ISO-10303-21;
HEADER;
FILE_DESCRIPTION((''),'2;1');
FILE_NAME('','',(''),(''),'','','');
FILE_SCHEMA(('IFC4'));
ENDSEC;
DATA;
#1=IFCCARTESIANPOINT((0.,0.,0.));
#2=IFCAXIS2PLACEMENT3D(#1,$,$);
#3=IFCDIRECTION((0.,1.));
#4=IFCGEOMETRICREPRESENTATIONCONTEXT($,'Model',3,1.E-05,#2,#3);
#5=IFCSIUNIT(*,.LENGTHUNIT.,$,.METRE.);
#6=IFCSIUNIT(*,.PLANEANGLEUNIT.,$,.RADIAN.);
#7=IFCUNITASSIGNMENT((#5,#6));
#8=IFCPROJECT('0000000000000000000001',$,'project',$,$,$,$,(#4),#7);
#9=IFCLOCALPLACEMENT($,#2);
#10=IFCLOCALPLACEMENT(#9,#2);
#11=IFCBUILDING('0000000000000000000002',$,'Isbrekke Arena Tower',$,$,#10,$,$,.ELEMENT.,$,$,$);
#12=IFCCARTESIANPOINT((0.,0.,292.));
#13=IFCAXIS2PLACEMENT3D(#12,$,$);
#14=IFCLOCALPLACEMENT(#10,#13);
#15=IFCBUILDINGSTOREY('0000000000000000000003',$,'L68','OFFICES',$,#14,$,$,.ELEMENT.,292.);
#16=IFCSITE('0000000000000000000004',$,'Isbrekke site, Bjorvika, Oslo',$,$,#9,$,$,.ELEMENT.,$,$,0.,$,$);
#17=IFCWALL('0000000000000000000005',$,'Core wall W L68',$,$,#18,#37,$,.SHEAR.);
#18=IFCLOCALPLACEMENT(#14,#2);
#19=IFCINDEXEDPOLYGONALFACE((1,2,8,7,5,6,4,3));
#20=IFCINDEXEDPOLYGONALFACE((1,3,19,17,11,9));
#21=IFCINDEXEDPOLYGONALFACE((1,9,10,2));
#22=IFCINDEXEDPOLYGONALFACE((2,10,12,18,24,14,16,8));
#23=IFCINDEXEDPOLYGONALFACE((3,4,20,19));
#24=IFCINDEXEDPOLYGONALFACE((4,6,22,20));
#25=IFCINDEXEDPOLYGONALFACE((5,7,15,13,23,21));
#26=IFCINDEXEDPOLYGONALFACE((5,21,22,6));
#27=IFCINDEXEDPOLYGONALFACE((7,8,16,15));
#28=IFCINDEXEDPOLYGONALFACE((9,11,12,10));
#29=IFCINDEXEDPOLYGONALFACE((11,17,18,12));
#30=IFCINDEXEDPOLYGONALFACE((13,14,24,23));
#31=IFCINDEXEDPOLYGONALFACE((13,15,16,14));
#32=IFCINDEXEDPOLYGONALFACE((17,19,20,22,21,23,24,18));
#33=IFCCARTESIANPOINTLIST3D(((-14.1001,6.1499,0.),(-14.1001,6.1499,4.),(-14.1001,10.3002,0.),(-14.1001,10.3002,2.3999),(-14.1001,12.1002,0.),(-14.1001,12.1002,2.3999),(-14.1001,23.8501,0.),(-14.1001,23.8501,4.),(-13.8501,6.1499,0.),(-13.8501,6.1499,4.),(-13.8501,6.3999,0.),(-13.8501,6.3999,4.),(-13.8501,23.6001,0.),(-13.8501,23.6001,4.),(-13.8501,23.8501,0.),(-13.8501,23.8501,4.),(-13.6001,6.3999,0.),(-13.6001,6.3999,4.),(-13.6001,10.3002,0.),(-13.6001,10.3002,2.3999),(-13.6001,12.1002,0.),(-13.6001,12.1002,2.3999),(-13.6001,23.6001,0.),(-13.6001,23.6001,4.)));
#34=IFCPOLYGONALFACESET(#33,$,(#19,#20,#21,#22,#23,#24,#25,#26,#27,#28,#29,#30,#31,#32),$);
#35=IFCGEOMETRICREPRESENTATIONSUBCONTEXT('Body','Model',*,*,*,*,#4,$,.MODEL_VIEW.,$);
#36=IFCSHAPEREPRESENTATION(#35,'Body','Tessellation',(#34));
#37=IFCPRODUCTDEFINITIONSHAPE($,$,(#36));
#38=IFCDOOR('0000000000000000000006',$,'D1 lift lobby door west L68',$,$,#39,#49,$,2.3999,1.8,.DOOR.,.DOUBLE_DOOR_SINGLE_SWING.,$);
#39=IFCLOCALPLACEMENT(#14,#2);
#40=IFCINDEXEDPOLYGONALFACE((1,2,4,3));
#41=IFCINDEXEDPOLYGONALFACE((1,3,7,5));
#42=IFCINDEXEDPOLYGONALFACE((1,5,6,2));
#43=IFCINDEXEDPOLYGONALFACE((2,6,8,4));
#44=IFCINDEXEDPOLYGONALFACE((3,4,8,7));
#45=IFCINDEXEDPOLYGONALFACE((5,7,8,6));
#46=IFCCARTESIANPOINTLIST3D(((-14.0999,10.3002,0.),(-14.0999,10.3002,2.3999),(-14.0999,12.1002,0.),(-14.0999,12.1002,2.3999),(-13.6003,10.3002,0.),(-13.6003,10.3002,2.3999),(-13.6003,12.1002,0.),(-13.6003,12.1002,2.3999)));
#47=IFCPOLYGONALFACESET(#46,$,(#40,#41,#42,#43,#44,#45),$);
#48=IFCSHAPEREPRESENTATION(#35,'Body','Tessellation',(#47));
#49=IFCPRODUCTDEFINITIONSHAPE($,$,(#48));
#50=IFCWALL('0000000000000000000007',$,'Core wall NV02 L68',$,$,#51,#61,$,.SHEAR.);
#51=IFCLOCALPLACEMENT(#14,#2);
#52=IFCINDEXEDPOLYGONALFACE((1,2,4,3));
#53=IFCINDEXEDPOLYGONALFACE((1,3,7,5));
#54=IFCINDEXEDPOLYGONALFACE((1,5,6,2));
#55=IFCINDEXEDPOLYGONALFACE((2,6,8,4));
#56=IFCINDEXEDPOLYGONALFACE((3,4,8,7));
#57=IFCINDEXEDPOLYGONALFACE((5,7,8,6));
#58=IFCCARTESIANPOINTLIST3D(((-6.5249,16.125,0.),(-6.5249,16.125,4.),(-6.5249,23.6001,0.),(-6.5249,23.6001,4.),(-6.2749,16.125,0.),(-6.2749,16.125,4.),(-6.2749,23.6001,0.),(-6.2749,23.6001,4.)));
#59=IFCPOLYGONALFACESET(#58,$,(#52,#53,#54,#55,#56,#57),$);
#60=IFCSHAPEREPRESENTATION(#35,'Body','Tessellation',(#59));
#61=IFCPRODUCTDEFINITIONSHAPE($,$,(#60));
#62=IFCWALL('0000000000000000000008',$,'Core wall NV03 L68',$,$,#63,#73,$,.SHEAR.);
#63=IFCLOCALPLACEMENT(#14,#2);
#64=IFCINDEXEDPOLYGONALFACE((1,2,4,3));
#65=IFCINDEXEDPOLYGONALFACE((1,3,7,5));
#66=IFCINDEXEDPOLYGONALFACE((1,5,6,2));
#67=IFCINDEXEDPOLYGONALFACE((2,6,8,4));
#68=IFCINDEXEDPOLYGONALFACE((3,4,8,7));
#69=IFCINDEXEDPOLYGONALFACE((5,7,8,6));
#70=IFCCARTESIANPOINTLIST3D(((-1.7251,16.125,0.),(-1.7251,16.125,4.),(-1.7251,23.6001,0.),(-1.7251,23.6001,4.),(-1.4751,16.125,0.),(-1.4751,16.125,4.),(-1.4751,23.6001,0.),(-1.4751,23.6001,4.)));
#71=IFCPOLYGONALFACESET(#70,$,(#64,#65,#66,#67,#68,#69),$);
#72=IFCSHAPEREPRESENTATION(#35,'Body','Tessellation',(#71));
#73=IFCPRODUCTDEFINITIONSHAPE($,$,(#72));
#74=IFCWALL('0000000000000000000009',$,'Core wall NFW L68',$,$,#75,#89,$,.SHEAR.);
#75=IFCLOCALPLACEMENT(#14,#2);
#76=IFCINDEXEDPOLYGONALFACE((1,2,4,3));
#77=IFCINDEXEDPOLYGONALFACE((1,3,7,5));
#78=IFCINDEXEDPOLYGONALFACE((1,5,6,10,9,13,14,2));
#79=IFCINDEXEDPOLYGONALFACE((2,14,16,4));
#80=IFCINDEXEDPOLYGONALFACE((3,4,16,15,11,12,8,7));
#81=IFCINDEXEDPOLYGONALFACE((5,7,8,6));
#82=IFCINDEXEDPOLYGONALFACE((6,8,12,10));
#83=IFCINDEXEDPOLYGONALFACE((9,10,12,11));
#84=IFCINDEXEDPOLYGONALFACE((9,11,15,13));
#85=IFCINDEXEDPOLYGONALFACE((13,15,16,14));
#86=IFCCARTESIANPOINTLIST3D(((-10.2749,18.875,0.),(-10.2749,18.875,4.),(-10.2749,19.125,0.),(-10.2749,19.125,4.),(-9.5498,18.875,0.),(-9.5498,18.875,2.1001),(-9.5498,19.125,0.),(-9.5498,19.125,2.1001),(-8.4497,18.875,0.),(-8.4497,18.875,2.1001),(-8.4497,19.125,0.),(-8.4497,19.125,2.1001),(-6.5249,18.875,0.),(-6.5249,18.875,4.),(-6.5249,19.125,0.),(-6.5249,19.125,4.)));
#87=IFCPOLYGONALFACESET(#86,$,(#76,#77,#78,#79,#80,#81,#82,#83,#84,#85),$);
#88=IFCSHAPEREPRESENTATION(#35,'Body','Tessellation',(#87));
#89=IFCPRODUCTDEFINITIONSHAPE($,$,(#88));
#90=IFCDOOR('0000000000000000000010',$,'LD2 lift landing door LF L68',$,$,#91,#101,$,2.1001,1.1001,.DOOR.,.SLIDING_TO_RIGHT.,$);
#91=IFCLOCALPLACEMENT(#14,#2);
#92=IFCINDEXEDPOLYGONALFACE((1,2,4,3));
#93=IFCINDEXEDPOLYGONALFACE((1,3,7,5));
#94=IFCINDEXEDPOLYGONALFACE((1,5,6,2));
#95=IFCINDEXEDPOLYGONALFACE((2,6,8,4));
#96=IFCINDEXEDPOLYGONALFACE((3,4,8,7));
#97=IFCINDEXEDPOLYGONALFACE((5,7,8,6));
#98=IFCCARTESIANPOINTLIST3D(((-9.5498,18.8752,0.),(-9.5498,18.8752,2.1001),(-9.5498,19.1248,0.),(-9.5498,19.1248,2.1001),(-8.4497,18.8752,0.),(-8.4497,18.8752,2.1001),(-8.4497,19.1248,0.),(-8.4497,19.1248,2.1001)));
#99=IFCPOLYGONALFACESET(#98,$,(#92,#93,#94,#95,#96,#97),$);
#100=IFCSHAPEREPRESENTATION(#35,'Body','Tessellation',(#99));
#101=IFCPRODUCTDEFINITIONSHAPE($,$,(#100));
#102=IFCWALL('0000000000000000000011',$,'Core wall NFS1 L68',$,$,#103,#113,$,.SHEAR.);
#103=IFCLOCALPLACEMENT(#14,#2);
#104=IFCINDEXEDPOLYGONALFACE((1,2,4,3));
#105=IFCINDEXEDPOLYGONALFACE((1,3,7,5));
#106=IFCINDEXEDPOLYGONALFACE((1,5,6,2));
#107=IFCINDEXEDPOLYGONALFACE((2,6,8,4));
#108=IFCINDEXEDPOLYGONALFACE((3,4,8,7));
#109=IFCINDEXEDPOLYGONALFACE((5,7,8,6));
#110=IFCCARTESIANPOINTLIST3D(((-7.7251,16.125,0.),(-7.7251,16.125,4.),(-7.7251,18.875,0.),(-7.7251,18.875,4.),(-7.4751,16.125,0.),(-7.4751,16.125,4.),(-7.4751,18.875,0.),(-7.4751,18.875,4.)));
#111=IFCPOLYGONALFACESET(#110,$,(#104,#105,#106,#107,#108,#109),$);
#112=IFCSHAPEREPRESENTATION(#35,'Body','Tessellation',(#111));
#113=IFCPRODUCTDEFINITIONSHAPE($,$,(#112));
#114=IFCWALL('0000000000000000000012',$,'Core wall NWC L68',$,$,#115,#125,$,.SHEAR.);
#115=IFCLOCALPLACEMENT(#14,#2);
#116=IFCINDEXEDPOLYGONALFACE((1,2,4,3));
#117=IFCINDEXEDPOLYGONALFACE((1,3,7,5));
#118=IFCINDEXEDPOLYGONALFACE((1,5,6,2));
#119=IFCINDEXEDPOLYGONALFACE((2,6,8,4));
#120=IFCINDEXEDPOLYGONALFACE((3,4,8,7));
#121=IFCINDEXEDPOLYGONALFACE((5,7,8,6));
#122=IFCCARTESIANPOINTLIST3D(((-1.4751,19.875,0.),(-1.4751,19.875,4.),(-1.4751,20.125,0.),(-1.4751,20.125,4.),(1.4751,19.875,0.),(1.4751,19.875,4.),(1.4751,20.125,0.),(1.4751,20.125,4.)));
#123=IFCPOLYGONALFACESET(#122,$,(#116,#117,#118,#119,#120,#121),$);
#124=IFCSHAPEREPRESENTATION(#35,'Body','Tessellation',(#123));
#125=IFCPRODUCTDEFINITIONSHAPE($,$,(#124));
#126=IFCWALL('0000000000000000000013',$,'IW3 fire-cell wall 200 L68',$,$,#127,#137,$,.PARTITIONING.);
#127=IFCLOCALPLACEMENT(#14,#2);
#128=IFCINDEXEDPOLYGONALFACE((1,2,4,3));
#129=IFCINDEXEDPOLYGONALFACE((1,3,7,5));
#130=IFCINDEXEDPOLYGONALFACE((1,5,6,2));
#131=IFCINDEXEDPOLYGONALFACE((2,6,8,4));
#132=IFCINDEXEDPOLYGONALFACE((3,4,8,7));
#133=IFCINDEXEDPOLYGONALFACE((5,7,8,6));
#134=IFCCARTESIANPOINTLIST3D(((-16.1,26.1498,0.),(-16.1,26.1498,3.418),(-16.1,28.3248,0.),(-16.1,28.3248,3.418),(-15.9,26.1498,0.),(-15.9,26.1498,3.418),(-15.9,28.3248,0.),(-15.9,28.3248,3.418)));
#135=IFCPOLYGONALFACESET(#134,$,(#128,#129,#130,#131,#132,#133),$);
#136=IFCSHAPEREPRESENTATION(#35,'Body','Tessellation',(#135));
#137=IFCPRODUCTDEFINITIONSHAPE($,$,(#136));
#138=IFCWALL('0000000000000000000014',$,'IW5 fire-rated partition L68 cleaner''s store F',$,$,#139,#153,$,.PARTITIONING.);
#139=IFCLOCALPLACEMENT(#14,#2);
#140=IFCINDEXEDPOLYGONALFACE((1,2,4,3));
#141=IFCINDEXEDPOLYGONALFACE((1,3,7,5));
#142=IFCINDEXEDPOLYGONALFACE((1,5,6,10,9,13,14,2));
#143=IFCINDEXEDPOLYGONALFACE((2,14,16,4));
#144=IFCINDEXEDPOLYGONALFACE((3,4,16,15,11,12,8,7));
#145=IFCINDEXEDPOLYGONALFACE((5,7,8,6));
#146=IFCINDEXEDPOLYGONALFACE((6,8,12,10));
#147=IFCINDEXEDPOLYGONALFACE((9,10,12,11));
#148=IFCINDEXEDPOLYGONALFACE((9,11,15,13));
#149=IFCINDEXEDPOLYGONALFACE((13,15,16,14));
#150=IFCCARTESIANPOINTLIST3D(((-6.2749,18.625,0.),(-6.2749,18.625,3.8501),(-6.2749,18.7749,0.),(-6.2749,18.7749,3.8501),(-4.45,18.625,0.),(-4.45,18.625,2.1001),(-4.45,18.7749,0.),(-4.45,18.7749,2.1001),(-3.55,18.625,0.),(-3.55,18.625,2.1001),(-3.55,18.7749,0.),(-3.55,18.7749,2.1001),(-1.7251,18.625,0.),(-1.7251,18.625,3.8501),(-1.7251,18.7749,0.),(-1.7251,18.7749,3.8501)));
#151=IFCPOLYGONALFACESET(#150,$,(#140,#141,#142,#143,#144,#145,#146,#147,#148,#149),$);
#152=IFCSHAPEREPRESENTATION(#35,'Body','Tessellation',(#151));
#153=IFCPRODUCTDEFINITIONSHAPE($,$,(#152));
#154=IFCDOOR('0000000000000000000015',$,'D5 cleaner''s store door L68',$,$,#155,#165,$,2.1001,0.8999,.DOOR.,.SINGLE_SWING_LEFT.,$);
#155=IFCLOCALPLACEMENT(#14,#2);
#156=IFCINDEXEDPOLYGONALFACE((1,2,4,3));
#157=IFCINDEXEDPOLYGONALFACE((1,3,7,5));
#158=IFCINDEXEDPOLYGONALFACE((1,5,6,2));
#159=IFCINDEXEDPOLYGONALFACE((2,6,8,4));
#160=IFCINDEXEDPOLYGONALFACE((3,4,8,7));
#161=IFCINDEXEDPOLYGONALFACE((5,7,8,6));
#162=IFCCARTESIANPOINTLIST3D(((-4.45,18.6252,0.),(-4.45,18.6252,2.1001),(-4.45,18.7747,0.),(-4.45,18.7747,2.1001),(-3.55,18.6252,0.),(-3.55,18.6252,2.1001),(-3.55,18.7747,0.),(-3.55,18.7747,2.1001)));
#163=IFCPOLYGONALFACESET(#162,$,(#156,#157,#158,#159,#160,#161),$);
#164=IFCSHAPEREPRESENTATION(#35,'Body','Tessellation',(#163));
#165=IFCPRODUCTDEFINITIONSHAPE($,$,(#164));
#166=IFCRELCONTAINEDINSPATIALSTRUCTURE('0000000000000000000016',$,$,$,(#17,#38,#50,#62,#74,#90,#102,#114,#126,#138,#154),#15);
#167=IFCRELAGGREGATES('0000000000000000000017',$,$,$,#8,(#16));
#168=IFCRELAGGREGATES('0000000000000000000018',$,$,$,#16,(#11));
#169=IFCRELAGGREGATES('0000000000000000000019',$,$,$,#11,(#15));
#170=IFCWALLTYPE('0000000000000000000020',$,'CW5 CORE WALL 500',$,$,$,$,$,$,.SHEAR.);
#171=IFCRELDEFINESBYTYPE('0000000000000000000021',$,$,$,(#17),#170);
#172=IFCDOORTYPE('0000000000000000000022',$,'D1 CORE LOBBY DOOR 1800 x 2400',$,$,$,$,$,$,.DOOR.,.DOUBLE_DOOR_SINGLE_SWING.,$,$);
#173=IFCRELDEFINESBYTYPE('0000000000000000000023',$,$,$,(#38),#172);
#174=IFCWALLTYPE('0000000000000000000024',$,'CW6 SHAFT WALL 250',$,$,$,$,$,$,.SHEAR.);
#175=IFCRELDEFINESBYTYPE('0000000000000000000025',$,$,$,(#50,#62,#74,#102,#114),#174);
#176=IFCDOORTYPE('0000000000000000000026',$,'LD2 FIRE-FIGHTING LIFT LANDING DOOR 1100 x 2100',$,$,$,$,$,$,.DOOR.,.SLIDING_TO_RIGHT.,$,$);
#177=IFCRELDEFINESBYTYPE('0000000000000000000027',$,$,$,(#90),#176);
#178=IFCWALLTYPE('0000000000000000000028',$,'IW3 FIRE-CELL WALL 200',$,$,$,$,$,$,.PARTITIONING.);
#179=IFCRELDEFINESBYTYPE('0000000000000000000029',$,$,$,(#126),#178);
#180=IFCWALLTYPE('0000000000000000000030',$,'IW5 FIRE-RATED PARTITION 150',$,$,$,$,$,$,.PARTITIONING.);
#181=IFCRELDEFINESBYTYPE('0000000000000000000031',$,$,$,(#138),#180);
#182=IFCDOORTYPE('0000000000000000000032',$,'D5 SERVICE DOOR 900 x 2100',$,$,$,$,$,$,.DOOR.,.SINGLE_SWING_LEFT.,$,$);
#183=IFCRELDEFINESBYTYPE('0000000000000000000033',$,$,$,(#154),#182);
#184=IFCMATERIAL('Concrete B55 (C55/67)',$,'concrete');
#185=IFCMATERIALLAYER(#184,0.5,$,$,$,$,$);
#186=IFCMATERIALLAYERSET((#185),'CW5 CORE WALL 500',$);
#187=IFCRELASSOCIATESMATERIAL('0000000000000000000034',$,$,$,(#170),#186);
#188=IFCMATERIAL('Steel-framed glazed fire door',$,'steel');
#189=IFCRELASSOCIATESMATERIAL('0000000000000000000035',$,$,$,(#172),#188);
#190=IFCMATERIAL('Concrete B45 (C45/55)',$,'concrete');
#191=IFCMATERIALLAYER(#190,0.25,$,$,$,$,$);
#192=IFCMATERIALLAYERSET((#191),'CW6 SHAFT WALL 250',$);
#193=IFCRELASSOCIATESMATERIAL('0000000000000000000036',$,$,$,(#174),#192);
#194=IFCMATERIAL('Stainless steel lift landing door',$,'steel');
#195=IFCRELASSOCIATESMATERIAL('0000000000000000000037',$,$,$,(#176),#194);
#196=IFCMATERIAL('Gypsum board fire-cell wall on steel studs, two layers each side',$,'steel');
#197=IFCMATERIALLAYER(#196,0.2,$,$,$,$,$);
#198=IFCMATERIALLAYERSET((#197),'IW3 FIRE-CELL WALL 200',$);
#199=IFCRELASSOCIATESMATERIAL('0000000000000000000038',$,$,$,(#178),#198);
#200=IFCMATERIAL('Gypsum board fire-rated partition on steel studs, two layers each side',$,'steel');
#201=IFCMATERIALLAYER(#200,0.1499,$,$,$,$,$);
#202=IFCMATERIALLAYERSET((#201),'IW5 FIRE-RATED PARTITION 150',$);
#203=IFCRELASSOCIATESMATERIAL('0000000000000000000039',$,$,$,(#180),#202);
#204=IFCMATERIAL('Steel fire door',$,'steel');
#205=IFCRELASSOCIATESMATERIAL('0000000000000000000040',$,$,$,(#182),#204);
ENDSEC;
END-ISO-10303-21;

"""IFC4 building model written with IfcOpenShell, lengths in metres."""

from ifc_helpers import new_model, si_unit, direction, frame, frame_2d, origin, place, context, subcontext, project, spatial, polyline, rectangle, outline, extrude, material, layer, layer_set, type_object, element, fill, save


model = new_model("IFC4")

# Units and contexts
model_context = context("Model", 3, precision=1e-05, world=origin(), true_north=direction((0.0, 1.0)))
body_context = subcontext(model_context, "Body", "Model", "MODEL_VIEW")
ifc_project = project(units=[si_unit("LENGTHUNIT", "METRE"), si_unit("PLANEANGLEUNIT", "RADIAN")], contexts=[model_context])

# Site, building, storey
site_placement = place(None, origin())
site = spatial("IfcSite", under=ifc_project, at=site_placement, Name="Isbrekke site, Bjorvika, Oslo", CompositionType="ELEMENT", RefElevation=0.0)
building_placement = place(site_placement, origin())
building = spatial("IfcBuilding", under=site, at=building_placement, Name="Isbrekke Arena Tower", CompositionType="ELEMENT")
storey_placement = place(building_placement, frame((0.0, 0.0, 292.0)))
storey = spatial("IfcBuildingStorey", under=building, at=storey_placement, Name="L68", Description="OFFICES", CompositionType="ELEMENT", Elevation=292.0)

# Wall, opening, door
ifc_material_1 = material(Name="Concrete B55 (C55/67)", Category="concrete")
ifc_layer_1 = layer(ifc_material_1, 0.5)
ifc_layer_set_1 = layer_set([ifc_layer_1], Name="CW5 CORE WALL 500")
wall_type_1 = type_object("IfcWallType", Name="CW5 CORE WALL 500", PredefinedType="SHEAR", material=ifc_layer_set_1)
wall_1_placement = place(storey_placement, frame((-13.8501, 23.8501, 0.0), z_axis=(0.0, 0.0, 1.0), x_axis=(0.0, -1.0, 0.0)))
wall_1 = element("IfcWall", 1, at=wall_1_placement, inside=storey, type_object=wall_type_1, Name="Core wall W L68", PredefinedType="SHEAR", context=body_context, shape_type="SweptSolid", body=[
    extrude(outline(polyline([(0.0, -0.25), (17.7002, -0.25), (17.7002, 0.0), (17.4502, 0.0), (17.4502, 0.25), (0.25, 0.25), (0.25, 0.0), (0.0, 0.0), (0.0, -0.25)])), origin(), (0.0, 0.0, 1.0), 4.0),
])
opening_1_placement = place(wall_1_placement, frame((11.75, 0.0, 0.0)))
opening_1 = element("IfcOpeningElement", 2, at=opening_1_placement, cuts=wall_1, PredefinedType="OPENING", context=body_context, shape_type="SweptSolid", body=[
    extrude(rectangle(XDim=1.8, YDim=2.3999, at=frame_2d((0.8999, 1.2))), frame((0.0, 0.2649, 0.0), z_axis=(0.0, -1.0, 0.0), x_axis=(1.0, 0.0, 0.0)), (0.0, 0.0, 1.0), 0.5298),
])
ifc_material_2 = material(Name="Steel-framed glazed fire door", Category="steel")
door_type_1 = type_object("IfcDoorType", Name="D1 CORE LOBBY DOOR 1800 x 2400", OperationType="DOUBLE_DOOR_SINGLE_SWING", PredefinedType="DOOR", material=ifc_material_2)
door_1_placement = place(opening_1_placement, origin())
door_1 = element("IfcDoor", 3, at=door_1_placement, inside=storey, type_object=door_type_1, Name="D1 lift lobby door west L68", OperationType="DOUBLE_DOOR_SINGLE_SWING", OverallHeight=2.3999, OverallWidth=1.8, PredefinedType="DOOR", context=body_context, shape_type="SweptSolid", body=[
    extrude(rectangle(XDim=1.8, YDim=2.3999, at=frame_2d((0.8999, 1.2))), frame((0.0, 0.2498, 0.0), z_axis=(0.0, -1.0, 0.0), x_axis=(1.0, 0.0, 0.0)), (0.0, 0.0, 1.0), 0.4995),
])
fill(opening_1, door_1)

# Walls
ifc_material_3 = material(Name="Concrete B45 (C45/55)", Category="concrete")
ifc_layer_2 = layer(ifc_material_3, 0.25)
ifc_layer_set_2 = layer_set([ifc_layer_2], Name="CW6 SHAFT WALL 250")
wall_type_2 = type_object("IfcWallType", Name="CW6 SHAFT WALL 250", PredefinedType="SHEAR", material=ifc_layer_set_2)
for number, where, z_axis, x_axis, name in (
    (4, (-6.3999, 16.125, 0.0), (0.0, 0.0, 1.0), (0.0, 1.0, 0.0), "Core wall NV02 L68"),
    (5, (-1.6001, 16.125, 0.0), (0.0, 0.0, 1.0), (0.0, 1.0, 0.0), "Core wall NV03 L68"),
):
    element("IfcWall", number, at=place(storey_placement, frame(where, z_axis=z_axis, x_axis=x_axis)), inside=storey, type_object=wall_type_2, Name=name, PredefinedType="SHEAR", context=body_context, shape_type="SweptSolid", body=[
        extrude(rectangle(XDim=7.4751, YDim=0.25, at=frame_2d((3.7375, 0.0))), origin(), (0.0, 0.0, 1.0), 4.0),
    ])

# Wall, opening, door
wall_2_placement = place(storey_placement, frame((-10.2749, 19.0, 0.0), z_axis=(0.0, 0.0, 1.0), x_axis=(1.0, 0.0, 0.0)))
wall_2 = element("IfcWall", 6, at=wall_2_placement, inside=storey, type_object=wall_type_2, Name="Core wall NFW L68", PredefinedType="SHEAR", context=body_context, shape_type="SweptSolid", body=[
    extrude(rectangle(XDim=3.75, YDim=0.25, at=frame_2d((1.875, 0.0))), origin(), (0.0, 0.0, 1.0), 4.0),
])
opening_2_placement = place(wall_2_placement, frame((0.7251, 0.0, 0.0)))
opening_2 = element("IfcOpeningElement", 7, at=opening_2_placement, cuts=wall_2, PredefinedType="OPENING", context=body_context, shape_type="SweptSolid", body=[
    extrude(rectangle(XDim=1.1001, YDim=2.1001, at=frame_2d((0.55, 1.05))), frame((0.0, 0.1399, 0.0), z_axis=(0.0, -1.0, 0.0), x_axis=(1.0, 0.0, 0.0)), (0.0, 0.0, 1.0), 0.2798),
])
ifc_material_4 = material(Name="Stainless steel lift landing door", Category="steel")
door_type_2 = type_object("IfcDoorType", Name="LD2 FIRE-FIGHTING LIFT LANDING DOOR 1100 x 2100", OperationType="SLIDING_TO_RIGHT", PredefinedType="DOOR", material=ifc_material_4)
door_2_placement = place(opening_2_placement, origin())
door_2 = element("IfcDoor", 8, at=door_2_placement, inside=storey, type_object=door_type_2, Name="LD2 lift landing door LF L68", OperationType="SLIDING_TO_RIGHT", OverallHeight=2.1001, OverallWidth=1.1001, PredefinedType="DOOR", context=body_context, shape_type="SweptSolid", body=[
    extrude(rectangle(XDim=1.1001, YDim=2.1001, at=frame_2d((0.55, 1.05))), frame((0.0, 0.1248, 0.0), z_axis=(0.0, -1.0, 0.0), x_axis=(1.0, 0.0, 0.0)), (0.0, 0.0, 1.0), 0.2495),
])
fill(opening_2, door_2)

# Walls
wall_3_placement = place(storey_placement, frame((-7.6001, 16.125, 0.0), z_axis=(0.0, 0.0, 1.0), x_axis=(0.0, 1.0, 0.0)))
element("IfcWall", 9, at=wall_3_placement, inside=storey, type_object=wall_type_2, Name="Core wall NFS1 L68", PredefinedType="SHEAR", context=body_context, shape_type="SweptSolid", body=[
    extrude(rectangle(XDim=2.75, YDim=0.25, at=frame_2d((1.375, 0.0))), origin(), (0.0, 0.0, 1.0), 4.0),
])
wall_4_placement = place(storey_placement, frame((-1.4751, 20.0, 0.0), z_axis=(0.0, 0.0, 1.0), x_axis=(1.0, 0.0, 0.0)))
element("IfcWall", 10, at=wall_4_placement, inside=storey, type_object=wall_type_2, Name="Core wall NWC L68", PredefinedType="SHEAR", context=body_context, shape_type="SweptSolid", body=[
    extrude(rectangle(XDim=2.9502, YDim=0.25, at=frame_2d((1.4751, 0.0))), origin(), (0.0, 0.0, 1.0), 4.0),
])
ifc_material_5 = material(Name="Gypsum board fire-cell wall on steel studs, two layers each side", Category="steel")
ifc_layer_3 = layer(ifc_material_5, 0.2)
ifc_layer_set_3 = layer_set([ifc_layer_3], Name="IW3 FIRE-CELL WALL 200")
wall_type_3 = type_object("IfcWallType", Name="IW3 FIRE-CELL WALL 200", PredefinedType="PARTITIONING", material=ifc_layer_set_3)
wall_5_placement = place(storey_placement, frame((-16.0, 26.1499, 0.0), z_axis=(0.0, 0.0, 1.0), x_axis=(0.0, 1.0, 0.0)))
element("IfcWall", 11, at=wall_5_placement, inside=storey, type_object=wall_type_3, Name="IW3 fire-cell wall 200 L68", PredefinedType="PARTITIONING", context=body_context, shape_type="SweptSolid", body=[
    extrude(rectangle(XDim=2.175, YDim=0.2, at=frame_2d((1.0874, 0.0))), origin(), (0.0, 0.0, 1.0), 3.418),
])

# Wall, opening, door
ifc_material_6 = material(Name="Gypsum board fire-rated partition on steel studs, two layers each side", Category="steel")
ifc_layer_4 = layer(ifc_material_6, 0.1499)
ifc_layer_set_4 = layer_set([ifc_layer_4], Name="IW5 FIRE-RATED PARTITION 150")
wall_type_4 = type_object("IfcWallType", Name="IW5 FIRE-RATED PARTITION 150", PredefinedType="PARTITIONING", material=ifc_layer_set_4)
wall_6_placement = place(storey_placement, frame((-6.2749, 18.7, 0.0), z_axis=(0.0, 0.0, 1.0), x_axis=(1.0, 0.0, 0.0)))
wall_6 = element("IfcWall", 12, at=wall_6_placement, inside=storey, type_object=wall_type_4, Name="IW5 fire-rated partition L68 cleaner's store F", PredefinedType="PARTITIONING", context=body_context, shape_type="SweptSolid", body=[
    extrude(rectangle(XDim=4.5498, YDim=0.1499, at=frame_2d((2.2749, 0.0))), origin(), (0.0, 0.0, 1.0), 3.8501),
])
opening_3_placement = place(wall_6_placement, frame((1.825, 0.0, 0.0)))
opening_3 = element("IfcOpeningElement", 13, at=opening_3_placement, cuts=wall_6, PredefinedType="OPENING", context=body_context, shape_type="SweptSolid", body=[
    extrude(rectangle(XDim=0.8999, YDim=2.1001, at=frame_2d((0.45, 1.05))), frame((0.0, 0.0898, 0.0), z_axis=(0.0, -1.0, 0.0), x_axis=(1.0, 0.0, 0.0)), (0.0, 0.0, 1.0), 0.1797),
])
ifc_material_7 = material(Name="Steel fire door", Category="steel")
door_type_3 = type_object("IfcDoorType", Name="D5 SERVICE DOOR 900 x 2100", OperationType="SINGLE_SWING_LEFT", PredefinedType="DOOR", material=ifc_material_7)
door_3_placement = place(opening_3_placement, origin())
door_3 = element("IfcDoor", 14, at=door_3_placement, inside=storey, type_object=door_type_3, Name="D5 cleaner's store door L68", OperationType="SINGLE_SWING_LEFT", OverallHeight=2.1001, OverallWidth=0.8999, PredefinedType="DOOR", context=body_context, shape_type="SweptSolid", body=[
    extrude(rectangle(XDim=0.8999, YDim=2.1001, at=frame_2d((0.45, 1.05))), frame((0.0, 0.0747, 0.0), z_axis=(0.0, -1.0, 0.0), x_axis=(1.0, 0.0, 0.0)), (0.0, 0.0, 1.0), 0.1494),
])
fill(opening_3, door_3)

save(model, "model.ifc")
